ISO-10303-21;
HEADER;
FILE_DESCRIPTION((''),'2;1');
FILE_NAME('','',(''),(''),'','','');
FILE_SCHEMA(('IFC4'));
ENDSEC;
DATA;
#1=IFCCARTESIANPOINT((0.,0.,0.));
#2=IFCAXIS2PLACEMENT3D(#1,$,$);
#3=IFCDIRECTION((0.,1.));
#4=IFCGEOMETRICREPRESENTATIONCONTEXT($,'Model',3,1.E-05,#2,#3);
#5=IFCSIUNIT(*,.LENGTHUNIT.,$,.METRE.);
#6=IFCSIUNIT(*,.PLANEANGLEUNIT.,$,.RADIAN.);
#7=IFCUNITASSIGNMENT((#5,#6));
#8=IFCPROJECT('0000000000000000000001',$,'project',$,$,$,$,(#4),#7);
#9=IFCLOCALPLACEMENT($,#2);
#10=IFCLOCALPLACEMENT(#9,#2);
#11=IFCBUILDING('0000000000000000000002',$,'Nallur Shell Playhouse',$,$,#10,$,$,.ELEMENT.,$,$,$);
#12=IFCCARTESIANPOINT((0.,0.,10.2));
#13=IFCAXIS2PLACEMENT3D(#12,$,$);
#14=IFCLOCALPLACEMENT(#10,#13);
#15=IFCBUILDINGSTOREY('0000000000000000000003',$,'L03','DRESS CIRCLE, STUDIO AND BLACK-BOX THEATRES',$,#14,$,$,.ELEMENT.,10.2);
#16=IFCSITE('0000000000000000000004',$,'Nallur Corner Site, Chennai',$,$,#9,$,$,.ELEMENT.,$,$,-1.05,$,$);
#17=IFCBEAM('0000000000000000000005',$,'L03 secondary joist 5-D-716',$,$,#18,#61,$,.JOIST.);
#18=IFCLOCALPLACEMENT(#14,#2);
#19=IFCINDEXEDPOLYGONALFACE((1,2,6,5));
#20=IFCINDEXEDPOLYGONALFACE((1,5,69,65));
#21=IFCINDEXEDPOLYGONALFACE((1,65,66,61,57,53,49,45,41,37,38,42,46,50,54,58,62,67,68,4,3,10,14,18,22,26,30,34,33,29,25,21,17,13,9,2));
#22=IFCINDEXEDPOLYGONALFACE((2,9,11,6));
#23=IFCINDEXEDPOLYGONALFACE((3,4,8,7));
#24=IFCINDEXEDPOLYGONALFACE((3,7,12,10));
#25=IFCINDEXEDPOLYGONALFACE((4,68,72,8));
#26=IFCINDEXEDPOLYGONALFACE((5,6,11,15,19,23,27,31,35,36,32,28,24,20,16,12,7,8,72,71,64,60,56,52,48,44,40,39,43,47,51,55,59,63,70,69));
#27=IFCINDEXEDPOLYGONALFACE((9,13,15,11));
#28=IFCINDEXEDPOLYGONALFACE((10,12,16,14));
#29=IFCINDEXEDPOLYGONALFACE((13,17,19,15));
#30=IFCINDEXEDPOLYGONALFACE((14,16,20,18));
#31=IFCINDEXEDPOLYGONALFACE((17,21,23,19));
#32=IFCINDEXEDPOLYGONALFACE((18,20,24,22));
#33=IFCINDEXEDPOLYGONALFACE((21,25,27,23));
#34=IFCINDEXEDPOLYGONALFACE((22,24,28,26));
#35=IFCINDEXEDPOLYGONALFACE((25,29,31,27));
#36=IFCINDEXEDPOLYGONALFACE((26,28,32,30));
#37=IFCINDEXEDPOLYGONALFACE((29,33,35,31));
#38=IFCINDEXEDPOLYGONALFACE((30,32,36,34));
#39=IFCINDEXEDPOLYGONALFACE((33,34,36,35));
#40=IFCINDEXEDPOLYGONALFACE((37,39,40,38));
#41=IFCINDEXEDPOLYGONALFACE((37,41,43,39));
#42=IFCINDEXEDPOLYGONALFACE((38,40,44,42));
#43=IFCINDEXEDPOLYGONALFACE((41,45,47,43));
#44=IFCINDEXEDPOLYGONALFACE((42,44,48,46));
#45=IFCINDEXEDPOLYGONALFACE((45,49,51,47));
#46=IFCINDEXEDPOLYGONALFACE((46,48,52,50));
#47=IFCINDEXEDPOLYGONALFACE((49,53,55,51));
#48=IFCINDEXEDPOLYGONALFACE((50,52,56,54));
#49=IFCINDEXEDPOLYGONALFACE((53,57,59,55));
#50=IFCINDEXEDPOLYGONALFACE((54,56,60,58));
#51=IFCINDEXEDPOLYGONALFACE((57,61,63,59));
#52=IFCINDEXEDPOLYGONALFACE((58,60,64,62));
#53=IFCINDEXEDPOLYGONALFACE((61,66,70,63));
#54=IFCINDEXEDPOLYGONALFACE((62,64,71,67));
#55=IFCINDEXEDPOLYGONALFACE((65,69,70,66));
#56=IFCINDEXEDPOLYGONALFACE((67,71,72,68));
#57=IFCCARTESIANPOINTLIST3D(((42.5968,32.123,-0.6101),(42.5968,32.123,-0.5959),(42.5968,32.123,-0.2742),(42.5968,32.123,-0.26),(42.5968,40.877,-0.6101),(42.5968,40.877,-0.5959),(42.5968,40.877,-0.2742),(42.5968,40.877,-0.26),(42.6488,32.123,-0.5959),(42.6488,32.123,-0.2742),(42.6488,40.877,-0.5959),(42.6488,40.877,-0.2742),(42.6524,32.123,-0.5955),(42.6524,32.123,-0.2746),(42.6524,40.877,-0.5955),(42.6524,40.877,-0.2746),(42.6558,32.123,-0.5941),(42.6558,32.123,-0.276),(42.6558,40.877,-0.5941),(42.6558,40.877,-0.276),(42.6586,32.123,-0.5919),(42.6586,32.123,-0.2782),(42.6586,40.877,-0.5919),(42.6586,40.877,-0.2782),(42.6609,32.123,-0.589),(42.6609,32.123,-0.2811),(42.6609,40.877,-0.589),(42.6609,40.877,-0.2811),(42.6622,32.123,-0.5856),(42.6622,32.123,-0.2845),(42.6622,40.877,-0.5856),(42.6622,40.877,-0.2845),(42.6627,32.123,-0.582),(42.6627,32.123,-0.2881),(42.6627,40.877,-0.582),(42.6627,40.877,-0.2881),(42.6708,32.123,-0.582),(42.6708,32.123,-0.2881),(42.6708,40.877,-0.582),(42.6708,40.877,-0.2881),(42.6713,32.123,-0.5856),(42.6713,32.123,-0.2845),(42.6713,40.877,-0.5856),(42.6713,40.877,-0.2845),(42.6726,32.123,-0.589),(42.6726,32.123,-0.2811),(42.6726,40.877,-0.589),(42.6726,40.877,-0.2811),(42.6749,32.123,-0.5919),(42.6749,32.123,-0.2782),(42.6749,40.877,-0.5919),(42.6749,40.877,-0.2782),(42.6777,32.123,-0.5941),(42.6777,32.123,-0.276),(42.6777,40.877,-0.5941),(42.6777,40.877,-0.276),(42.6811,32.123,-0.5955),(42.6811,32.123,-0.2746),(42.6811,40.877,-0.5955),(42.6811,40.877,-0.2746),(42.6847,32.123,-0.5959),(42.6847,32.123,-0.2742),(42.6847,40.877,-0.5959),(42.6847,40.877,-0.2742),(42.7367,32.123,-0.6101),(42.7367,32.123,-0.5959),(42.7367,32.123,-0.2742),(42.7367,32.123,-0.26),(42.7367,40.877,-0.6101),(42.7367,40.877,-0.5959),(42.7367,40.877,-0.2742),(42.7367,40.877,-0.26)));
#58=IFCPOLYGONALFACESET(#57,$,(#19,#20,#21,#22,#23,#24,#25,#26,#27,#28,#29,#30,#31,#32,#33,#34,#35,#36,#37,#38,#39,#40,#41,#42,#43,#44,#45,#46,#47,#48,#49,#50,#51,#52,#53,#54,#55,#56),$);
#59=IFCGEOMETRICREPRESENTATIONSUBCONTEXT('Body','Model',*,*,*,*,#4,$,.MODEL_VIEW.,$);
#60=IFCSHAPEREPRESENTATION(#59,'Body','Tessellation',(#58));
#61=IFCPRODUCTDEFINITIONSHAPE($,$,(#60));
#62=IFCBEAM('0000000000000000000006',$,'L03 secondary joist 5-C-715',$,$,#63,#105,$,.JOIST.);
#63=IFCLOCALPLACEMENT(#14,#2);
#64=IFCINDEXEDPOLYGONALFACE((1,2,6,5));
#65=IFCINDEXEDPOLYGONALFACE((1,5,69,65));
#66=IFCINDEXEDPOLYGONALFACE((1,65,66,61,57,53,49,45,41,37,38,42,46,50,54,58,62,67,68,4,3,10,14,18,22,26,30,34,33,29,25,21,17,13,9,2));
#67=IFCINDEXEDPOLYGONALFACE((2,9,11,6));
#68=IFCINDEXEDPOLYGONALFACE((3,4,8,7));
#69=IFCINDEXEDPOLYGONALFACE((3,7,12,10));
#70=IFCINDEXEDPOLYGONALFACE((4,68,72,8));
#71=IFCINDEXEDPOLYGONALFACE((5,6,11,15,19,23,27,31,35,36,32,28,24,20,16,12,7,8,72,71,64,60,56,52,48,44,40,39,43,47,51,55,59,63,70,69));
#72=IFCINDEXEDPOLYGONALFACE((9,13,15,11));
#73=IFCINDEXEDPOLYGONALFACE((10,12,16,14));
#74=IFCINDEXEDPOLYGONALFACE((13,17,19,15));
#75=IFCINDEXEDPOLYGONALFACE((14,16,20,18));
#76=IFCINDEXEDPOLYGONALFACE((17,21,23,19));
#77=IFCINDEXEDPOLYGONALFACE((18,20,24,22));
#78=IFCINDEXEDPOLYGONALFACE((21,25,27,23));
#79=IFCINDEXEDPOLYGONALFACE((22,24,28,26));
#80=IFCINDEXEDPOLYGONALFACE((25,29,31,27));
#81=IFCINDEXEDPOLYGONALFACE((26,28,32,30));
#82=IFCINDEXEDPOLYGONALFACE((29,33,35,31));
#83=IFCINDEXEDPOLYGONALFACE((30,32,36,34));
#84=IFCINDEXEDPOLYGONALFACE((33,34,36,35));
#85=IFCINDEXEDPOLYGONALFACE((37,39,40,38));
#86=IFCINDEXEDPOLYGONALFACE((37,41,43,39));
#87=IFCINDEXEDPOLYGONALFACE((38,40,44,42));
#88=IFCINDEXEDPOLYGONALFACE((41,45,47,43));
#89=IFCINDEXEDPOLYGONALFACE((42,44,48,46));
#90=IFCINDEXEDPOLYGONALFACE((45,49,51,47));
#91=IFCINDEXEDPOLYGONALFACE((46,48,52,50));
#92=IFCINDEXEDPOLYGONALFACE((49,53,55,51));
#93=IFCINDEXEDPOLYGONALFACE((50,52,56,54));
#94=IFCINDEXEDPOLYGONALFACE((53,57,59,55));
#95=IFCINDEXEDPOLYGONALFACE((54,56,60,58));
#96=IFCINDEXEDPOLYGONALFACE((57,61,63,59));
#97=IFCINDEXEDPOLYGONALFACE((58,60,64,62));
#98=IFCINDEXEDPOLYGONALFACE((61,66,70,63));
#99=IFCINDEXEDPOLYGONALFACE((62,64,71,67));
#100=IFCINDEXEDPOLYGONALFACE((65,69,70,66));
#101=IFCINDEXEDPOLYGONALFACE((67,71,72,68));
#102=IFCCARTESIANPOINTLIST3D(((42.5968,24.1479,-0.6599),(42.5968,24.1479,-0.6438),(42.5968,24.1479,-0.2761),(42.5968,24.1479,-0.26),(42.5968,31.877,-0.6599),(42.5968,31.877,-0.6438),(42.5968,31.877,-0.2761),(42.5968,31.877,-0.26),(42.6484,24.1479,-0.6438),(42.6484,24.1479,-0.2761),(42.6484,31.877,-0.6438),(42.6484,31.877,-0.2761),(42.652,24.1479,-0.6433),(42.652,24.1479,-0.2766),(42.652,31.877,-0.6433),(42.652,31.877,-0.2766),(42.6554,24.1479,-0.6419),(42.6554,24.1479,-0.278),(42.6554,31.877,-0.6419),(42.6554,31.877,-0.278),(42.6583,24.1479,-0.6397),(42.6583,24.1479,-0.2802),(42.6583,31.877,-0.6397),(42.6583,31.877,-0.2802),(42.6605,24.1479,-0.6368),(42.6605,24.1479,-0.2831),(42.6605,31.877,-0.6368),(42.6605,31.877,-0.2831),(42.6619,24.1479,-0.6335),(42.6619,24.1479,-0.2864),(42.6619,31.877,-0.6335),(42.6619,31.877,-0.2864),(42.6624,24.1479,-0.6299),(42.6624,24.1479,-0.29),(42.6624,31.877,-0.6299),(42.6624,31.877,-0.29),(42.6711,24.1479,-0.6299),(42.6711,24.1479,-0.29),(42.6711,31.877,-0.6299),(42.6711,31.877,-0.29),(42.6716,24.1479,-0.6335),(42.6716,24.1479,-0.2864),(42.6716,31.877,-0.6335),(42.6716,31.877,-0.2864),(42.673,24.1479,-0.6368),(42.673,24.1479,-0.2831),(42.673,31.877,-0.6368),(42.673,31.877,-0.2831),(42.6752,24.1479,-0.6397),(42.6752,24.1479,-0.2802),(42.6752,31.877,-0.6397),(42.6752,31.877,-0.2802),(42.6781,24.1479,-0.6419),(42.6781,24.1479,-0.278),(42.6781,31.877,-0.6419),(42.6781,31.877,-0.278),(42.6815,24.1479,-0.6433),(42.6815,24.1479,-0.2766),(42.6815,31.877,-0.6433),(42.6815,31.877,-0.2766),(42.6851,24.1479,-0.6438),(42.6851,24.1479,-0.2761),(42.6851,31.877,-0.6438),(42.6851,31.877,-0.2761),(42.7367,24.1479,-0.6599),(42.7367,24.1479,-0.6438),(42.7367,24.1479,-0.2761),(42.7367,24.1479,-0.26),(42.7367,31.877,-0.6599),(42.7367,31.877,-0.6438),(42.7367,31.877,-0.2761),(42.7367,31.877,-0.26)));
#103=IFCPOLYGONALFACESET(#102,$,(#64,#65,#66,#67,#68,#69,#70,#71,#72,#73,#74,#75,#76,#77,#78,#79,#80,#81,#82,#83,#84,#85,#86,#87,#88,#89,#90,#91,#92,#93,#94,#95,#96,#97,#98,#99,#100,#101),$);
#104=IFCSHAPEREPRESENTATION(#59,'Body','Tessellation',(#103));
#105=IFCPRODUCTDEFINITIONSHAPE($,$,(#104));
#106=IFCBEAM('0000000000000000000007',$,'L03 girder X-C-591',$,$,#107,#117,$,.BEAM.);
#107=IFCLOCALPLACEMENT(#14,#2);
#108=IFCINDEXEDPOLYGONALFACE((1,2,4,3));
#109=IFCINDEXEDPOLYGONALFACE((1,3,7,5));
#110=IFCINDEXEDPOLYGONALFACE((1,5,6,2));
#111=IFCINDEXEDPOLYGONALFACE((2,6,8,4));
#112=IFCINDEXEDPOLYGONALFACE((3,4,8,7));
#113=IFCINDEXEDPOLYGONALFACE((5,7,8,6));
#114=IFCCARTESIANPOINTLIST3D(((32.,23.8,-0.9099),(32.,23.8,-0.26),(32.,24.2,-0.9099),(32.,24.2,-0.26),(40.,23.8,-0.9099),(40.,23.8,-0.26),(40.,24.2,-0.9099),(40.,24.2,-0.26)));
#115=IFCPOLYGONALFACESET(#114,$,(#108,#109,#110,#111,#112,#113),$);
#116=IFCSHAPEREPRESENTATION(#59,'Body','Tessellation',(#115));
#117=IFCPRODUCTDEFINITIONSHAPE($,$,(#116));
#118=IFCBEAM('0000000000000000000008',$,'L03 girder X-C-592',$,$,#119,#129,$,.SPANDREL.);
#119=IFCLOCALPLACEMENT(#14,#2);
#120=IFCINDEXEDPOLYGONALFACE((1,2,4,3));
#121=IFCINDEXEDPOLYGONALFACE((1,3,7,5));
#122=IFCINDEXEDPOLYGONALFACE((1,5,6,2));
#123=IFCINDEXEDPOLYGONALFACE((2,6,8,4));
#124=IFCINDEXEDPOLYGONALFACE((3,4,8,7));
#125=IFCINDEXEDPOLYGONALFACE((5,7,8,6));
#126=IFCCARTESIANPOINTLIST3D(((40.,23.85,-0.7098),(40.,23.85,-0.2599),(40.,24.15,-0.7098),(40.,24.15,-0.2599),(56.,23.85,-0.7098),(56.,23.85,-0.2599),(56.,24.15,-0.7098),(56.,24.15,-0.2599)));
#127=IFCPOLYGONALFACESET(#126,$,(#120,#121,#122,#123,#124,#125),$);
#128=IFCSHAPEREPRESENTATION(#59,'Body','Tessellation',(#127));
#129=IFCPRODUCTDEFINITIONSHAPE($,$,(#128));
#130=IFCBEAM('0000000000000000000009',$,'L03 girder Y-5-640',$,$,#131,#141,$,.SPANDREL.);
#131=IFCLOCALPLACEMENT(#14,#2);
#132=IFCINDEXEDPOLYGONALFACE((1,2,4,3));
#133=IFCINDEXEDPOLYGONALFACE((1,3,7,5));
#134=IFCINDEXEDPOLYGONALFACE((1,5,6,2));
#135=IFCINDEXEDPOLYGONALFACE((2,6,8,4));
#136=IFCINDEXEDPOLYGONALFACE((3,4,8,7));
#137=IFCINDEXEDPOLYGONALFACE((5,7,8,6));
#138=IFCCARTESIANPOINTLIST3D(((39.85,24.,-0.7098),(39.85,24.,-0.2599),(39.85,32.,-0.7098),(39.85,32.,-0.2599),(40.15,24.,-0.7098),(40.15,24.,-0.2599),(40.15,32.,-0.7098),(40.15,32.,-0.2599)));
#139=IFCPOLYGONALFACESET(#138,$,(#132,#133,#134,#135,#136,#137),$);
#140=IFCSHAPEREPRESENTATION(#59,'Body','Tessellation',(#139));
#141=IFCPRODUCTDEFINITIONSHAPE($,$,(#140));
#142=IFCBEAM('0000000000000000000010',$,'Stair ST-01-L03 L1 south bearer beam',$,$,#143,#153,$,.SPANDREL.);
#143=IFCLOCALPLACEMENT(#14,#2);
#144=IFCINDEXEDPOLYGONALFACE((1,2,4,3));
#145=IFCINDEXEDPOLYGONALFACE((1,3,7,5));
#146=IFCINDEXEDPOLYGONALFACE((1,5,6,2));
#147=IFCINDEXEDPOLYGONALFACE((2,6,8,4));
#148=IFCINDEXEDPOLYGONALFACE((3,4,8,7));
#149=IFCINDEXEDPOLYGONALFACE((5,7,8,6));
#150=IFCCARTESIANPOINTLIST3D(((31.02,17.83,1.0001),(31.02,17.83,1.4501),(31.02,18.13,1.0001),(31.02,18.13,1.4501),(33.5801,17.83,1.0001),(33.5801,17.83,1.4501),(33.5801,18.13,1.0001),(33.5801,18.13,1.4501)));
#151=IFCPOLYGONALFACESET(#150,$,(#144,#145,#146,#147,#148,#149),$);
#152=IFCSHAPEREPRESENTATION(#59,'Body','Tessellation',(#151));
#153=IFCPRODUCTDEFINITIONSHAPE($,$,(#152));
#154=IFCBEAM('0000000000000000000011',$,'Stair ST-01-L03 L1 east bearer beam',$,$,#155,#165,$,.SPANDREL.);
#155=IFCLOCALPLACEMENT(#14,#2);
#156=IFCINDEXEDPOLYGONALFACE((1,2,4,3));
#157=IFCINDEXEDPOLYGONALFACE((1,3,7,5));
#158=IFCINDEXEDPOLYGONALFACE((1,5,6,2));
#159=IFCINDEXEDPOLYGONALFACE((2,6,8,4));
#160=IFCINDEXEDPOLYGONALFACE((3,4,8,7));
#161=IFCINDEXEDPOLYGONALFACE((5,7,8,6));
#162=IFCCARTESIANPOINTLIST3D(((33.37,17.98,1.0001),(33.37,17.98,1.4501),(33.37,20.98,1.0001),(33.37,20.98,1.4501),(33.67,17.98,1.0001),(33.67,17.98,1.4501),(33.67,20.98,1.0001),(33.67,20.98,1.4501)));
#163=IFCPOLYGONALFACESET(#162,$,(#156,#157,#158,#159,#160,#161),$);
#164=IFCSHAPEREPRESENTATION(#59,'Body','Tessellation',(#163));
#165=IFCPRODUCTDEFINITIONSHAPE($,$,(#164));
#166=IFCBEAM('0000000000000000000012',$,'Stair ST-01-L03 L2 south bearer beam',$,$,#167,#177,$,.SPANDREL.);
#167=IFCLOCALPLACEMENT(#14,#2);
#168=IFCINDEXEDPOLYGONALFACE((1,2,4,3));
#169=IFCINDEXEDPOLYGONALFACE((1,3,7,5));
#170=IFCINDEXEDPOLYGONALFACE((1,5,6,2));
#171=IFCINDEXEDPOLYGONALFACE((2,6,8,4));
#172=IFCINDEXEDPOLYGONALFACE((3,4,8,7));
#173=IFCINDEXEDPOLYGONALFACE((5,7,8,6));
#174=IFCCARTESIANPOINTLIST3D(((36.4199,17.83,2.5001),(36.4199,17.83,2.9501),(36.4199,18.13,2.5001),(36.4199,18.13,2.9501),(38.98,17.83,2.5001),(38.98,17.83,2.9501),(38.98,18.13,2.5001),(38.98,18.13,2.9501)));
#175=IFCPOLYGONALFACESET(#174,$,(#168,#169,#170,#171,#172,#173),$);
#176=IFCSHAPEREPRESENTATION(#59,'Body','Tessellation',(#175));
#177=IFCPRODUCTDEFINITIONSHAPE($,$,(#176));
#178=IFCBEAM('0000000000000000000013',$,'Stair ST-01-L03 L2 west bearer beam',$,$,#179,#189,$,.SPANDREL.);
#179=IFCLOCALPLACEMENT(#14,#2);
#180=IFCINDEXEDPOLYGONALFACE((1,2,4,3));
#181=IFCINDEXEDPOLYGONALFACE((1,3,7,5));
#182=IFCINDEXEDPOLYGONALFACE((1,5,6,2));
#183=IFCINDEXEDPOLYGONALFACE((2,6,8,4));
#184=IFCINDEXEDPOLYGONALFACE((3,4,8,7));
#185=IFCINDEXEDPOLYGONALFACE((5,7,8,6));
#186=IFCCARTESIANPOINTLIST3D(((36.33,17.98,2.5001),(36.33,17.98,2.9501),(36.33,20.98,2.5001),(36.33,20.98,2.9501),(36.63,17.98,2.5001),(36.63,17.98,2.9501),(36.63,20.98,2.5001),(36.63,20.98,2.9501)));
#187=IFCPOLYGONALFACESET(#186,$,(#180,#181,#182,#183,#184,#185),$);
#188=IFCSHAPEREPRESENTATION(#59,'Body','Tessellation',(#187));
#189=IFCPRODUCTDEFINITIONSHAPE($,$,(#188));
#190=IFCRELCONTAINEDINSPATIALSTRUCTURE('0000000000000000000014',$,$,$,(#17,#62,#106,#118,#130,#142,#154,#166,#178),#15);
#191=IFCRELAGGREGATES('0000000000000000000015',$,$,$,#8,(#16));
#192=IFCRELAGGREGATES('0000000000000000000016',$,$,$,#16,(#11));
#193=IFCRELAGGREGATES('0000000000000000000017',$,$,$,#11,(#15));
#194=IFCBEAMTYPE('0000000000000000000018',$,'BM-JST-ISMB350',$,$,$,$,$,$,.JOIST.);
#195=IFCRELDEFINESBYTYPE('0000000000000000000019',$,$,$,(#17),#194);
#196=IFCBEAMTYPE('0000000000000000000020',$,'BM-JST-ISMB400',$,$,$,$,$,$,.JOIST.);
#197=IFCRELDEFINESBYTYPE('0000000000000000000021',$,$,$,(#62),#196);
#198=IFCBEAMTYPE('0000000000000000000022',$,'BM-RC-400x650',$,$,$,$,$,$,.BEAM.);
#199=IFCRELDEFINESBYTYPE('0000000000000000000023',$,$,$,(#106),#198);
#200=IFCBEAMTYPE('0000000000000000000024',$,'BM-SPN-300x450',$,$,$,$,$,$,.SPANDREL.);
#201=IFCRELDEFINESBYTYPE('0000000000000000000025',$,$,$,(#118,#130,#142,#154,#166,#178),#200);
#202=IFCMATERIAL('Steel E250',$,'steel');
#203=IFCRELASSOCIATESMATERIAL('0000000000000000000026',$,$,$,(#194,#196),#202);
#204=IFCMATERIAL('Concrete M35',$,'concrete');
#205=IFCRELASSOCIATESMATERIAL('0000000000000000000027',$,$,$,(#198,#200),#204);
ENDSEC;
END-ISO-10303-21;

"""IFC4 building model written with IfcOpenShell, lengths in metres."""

from ifc_helpers import new_model, si_unit, direction, frame, origin, origin_2d, place, context, subcontext, project, spatial, rectangle, i_section, extrude, material, material_profile, profile_set, type_object, element, save


model = new_model("IFC4")

# Units and contexts
model_context = context("Model", 3, precision=1e-05, world=origin(), true_north=direction((0.0, 1.0)))
body_context = subcontext(model_context, "Body", "Model", "MODEL_VIEW")
ifc_project = project(units=[si_unit("LENGTHUNIT", "METRE"), si_unit("PLANEANGLEUNIT", "RADIAN")], contexts=[model_context])

# Site, building, storey
site_placement = place(None, origin())
site = spatial("IfcSite", under=ifc_project, at=site_placement, Name="Nallur Corner Site, Chennai", CompositionType="ELEMENT", RefElevation=-1.05)
building_placement = place(site_placement, origin())
building = spatial("IfcBuilding", under=site, at=building_placement, Name="Nallur Shell Playhouse", CompositionType="ELEMENT")
storey_placement = place(building_placement, frame((0.0, 0.0, 10.2)))
storey = spatial("IfcBuildingStorey", under=building, at=storey_placement, Name="L03", Description="DRESS CIRCLE, STUDIO AND BLACK-BOX THEATRES", CompositionType="ELEMENT", Elevation=10.2)

# Beams
ifc_material_1 = material(Name="Steel E250", Category="steel")
ifc_material_profile_1 = material_profile(ifc_material_1, i_section(OverallWidth=0.1399, OverallDepth=0.3501, WebThickness=0.0081, FlangeThickness=0.0142, FilletRadius=0.0139, at=origin_2d()), Name="ISMB 350")
ifc_profile_set_1 = profile_set([ifc_material_profile_1], Name="Steel E250")
beam_type_1 = type_object("IfcBeamType", Name="BM-JST-ISMB350", PredefinedType="JOIST", material=ifc_profile_set_1)
beam_1_placement = place(storey_placement, frame((42.6667, 32.123, -0.4351), z_axis=(0.0, 1.0, 0.0), x_axis=(-1.0, 0.0, 0.0)))
element("IfcBeam", 1, at=beam_1_placement, inside=storey, type_object=beam_type_1, Name="L03 secondary joist 5-D-716", PredefinedType="JOIST", context=body_context, shape_type="SweptSolid", body=[
    extrude(i_section(OverallWidth=0.1399, OverallDepth=0.3501, WebThickness=0.0081, FlangeThickness=0.0142, FilletRadius=0.0139, at=origin_2d()), origin(), (0.0, 0.0, 1.0), 8.7539),
])
ifc_material_profile_2 = material_profile(ifc_material_1, i_section(OverallWidth=0.1399, OverallDepth=0.3999, WebThickness=0.0088, FlangeThickness=0.0161, FilletRadius=0.0139, at=origin_2d()), Name="ISMB 400")
ifc_profile_set_2 = profile_set([ifc_material_profile_2], Name="Steel E250")
beam_type_2 = type_object("IfcBeamType", Name="BM-JST-ISMB400", PredefinedType="JOIST", material=ifc_profile_set_2)
beam_2_placement = place(storey_placement, frame((42.6667, 24.1479, -0.46), z_axis=(0.0, 1.0, 0.0), x_axis=(-1.0, 0.0, 0.0)))
element("IfcBeam", 2, at=beam_2_placement, inside=storey, type_object=beam_type_2, Name="L03 secondary joist 5-C-715", PredefinedType="JOIST", context=body_context, shape_type="SweptSolid", body=[
    extrude(i_section(OverallWidth=0.1399, OverallDepth=0.3999, WebThickness=0.0088, FlangeThickness=0.0161, FilletRadius=0.0139, at=origin_2d()), origin(), (0.0, 0.0, 1.0), 7.729),
])
ifc_material_2 = material(Name="Concrete M35", Category="concrete")
ifc_material_profile_3 = material_profile(ifc_material_2, rectangle(XDim=0.3999, YDim=0.6499, at=origin_2d()), Name="RC 400x650")
ifc_profile_set_3 = profile_set([ifc_material_profile_3], Name="Concrete M35")
beam_type_3 = type_object("IfcBeamType", Name="BM-RC-400x650", PredefinedType="BEAM", material=ifc_profile_set_3)
beam_3_placement = place(storey_placement, frame((32.0, 24.0, -0.585), z_axis=(1.0, 0.0, 0.0), x_axis=(0.0, 1.0, 0.0)))
element("IfcBeam", 3, at=beam_3_placement, inside=storey, type_object=beam_type_3, Name="L03 girder X-C-591", PredefinedType="BEAM", context=body_context, shape_type="SweptSolid", body=[
    extrude(rectangle(XDim=0.3999, YDim=0.6499, at=origin_2d()), origin(), (0.0, 0.0, 1.0), 8.0),
])
ifc_material_profile_4 = material_profile(ifc_material_2, rectangle(XDim=0.3, YDim=0.45, at=origin_2d()), Name="RC 300x450")
ifc_profile_set_4 = profile_set([ifc_material_profile_4], Name="Concrete M35")
beam_type_4 = type_object("IfcBeamType", Name="BM-SPN-300x450", PredefinedType="SPANDREL", material=ifc_profile_set_4)
beam_4_placement = place(storey_placement, frame((40.0, 24.0, -0.4849), z_axis=(1.0, 0.0, 0.0), x_axis=(0.0, 1.0, 0.0)))
element("IfcBeam", 4, at=beam_4_placement, inside=storey, type_object=beam_type_4, Name="L03 girder X-C-592", PredefinedType="SPANDREL", context=body_context, shape_type="SweptSolid", body=[
    extrude(rectangle(XDim=0.3, YDim=0.45, at=origin_2d()), origin(), (0.0, 0.0, 1.0), 16.0),
])
beam_5_placement = place(storey_placement, frame((40.0, 24.0, -0.4849), z_axis=(0.0, 1.0, 0.0), x_axis=(-1.0, 0.0, 0.0)))
element("IfcBeam", 5, at=beam_5_placement, inside=storey, type_object=beam_type_4, Name="L03 girder Y-5-640", PredefinedType="SPANDREL", context=body_context, shape_type="SweptSolid", body=[
    extrude(rectangle(XDim=0.3, YDim=0.45, at=origin_2d()), origin(), (0.0, 0.0, 1.0), 8.0),
])
beam_6_placement = place(storey_placement, frame((31.02, 17.98, 1.2251), z_axis=(1.0, 0.0, 0.0), x_axis=(0.0, 1.0, 0.0)))
element("IfcBeam", 6, at=beam_6_placement, inside=storey, type_object=beam_type_4, Name="Stair ST-01-L03 L1 south bearer beam", PredefinedType="SPANDREL", context=body_context, shape_type="SweptSolid", body=[
    extrude(rectangle(XDim=0.3, YDim=0.45, at=origin_2d()), origin(), (0.0, 0.0, 1.0), 2.5601),
])
beam_7_placement = place(storey_placement, frame((33.52, 17.98, 1.2251), z_axis=(0.0, 1.0, 0.0), x_axis=(-1.0, 0.0, 0.0)))
element("IfcBeam", 7, at=beam_7_placement, inside=storey, type_object=beam_type_4, Name="Stair ST-01-L03 L1 east bearer beam", PredefinedType="SPANDREL", context=body_context, shape_type="SweptSolid", body=[
    extrude(rectangle(XDim=0.3, YDim=0.45, at=origin_2d()), origin(), (0.0, 0.0, 1.0), 3.0),
])
beam_8_placement = place(storey_placement, frame((36.4199, 17.98, 2.7251), z_axis=(1.0, 0.0, 0.0), x_axis=(0.0, 1.0, 0.0)))
element("IfcBeam", 8, at=beam_8_placement, inside=storey, type_object=beam_type_4, Name="Stair ST-01-L03 L2 south bearer beam", PredefinedType="SPANDREL", context=body_context, shape_type="SweptSolid", body=[
    extrude(rectangle(XDim=0.3, YDim=0.45, at=origin_2d()), origin(), (0.0, 0.0, 1.0), 2.5601),
])
beam_9_placement = place(storey_placement, frame((36.48, 17.98, 2.7251), z_axis=(0.0, 1.0, 0.0), x_axis=(-1.0, 0.0, 0.0)))
element("IfcBeam", 9, at=beam_9_placement, inside=storey, type_object=beam_type_4, Name="Stair ST-01-L03 L2 west bearer beam", PredefinedType="SPANDREL", context=body_context, shape_type="SweptSolid", body=[
    extrude(rectangle(XDim=0.3, YDim=0.45, at=origin_2d()), origin(), (0.0, 0.0, 1.0), 3.0),
])

save(model, "model.ifc")
